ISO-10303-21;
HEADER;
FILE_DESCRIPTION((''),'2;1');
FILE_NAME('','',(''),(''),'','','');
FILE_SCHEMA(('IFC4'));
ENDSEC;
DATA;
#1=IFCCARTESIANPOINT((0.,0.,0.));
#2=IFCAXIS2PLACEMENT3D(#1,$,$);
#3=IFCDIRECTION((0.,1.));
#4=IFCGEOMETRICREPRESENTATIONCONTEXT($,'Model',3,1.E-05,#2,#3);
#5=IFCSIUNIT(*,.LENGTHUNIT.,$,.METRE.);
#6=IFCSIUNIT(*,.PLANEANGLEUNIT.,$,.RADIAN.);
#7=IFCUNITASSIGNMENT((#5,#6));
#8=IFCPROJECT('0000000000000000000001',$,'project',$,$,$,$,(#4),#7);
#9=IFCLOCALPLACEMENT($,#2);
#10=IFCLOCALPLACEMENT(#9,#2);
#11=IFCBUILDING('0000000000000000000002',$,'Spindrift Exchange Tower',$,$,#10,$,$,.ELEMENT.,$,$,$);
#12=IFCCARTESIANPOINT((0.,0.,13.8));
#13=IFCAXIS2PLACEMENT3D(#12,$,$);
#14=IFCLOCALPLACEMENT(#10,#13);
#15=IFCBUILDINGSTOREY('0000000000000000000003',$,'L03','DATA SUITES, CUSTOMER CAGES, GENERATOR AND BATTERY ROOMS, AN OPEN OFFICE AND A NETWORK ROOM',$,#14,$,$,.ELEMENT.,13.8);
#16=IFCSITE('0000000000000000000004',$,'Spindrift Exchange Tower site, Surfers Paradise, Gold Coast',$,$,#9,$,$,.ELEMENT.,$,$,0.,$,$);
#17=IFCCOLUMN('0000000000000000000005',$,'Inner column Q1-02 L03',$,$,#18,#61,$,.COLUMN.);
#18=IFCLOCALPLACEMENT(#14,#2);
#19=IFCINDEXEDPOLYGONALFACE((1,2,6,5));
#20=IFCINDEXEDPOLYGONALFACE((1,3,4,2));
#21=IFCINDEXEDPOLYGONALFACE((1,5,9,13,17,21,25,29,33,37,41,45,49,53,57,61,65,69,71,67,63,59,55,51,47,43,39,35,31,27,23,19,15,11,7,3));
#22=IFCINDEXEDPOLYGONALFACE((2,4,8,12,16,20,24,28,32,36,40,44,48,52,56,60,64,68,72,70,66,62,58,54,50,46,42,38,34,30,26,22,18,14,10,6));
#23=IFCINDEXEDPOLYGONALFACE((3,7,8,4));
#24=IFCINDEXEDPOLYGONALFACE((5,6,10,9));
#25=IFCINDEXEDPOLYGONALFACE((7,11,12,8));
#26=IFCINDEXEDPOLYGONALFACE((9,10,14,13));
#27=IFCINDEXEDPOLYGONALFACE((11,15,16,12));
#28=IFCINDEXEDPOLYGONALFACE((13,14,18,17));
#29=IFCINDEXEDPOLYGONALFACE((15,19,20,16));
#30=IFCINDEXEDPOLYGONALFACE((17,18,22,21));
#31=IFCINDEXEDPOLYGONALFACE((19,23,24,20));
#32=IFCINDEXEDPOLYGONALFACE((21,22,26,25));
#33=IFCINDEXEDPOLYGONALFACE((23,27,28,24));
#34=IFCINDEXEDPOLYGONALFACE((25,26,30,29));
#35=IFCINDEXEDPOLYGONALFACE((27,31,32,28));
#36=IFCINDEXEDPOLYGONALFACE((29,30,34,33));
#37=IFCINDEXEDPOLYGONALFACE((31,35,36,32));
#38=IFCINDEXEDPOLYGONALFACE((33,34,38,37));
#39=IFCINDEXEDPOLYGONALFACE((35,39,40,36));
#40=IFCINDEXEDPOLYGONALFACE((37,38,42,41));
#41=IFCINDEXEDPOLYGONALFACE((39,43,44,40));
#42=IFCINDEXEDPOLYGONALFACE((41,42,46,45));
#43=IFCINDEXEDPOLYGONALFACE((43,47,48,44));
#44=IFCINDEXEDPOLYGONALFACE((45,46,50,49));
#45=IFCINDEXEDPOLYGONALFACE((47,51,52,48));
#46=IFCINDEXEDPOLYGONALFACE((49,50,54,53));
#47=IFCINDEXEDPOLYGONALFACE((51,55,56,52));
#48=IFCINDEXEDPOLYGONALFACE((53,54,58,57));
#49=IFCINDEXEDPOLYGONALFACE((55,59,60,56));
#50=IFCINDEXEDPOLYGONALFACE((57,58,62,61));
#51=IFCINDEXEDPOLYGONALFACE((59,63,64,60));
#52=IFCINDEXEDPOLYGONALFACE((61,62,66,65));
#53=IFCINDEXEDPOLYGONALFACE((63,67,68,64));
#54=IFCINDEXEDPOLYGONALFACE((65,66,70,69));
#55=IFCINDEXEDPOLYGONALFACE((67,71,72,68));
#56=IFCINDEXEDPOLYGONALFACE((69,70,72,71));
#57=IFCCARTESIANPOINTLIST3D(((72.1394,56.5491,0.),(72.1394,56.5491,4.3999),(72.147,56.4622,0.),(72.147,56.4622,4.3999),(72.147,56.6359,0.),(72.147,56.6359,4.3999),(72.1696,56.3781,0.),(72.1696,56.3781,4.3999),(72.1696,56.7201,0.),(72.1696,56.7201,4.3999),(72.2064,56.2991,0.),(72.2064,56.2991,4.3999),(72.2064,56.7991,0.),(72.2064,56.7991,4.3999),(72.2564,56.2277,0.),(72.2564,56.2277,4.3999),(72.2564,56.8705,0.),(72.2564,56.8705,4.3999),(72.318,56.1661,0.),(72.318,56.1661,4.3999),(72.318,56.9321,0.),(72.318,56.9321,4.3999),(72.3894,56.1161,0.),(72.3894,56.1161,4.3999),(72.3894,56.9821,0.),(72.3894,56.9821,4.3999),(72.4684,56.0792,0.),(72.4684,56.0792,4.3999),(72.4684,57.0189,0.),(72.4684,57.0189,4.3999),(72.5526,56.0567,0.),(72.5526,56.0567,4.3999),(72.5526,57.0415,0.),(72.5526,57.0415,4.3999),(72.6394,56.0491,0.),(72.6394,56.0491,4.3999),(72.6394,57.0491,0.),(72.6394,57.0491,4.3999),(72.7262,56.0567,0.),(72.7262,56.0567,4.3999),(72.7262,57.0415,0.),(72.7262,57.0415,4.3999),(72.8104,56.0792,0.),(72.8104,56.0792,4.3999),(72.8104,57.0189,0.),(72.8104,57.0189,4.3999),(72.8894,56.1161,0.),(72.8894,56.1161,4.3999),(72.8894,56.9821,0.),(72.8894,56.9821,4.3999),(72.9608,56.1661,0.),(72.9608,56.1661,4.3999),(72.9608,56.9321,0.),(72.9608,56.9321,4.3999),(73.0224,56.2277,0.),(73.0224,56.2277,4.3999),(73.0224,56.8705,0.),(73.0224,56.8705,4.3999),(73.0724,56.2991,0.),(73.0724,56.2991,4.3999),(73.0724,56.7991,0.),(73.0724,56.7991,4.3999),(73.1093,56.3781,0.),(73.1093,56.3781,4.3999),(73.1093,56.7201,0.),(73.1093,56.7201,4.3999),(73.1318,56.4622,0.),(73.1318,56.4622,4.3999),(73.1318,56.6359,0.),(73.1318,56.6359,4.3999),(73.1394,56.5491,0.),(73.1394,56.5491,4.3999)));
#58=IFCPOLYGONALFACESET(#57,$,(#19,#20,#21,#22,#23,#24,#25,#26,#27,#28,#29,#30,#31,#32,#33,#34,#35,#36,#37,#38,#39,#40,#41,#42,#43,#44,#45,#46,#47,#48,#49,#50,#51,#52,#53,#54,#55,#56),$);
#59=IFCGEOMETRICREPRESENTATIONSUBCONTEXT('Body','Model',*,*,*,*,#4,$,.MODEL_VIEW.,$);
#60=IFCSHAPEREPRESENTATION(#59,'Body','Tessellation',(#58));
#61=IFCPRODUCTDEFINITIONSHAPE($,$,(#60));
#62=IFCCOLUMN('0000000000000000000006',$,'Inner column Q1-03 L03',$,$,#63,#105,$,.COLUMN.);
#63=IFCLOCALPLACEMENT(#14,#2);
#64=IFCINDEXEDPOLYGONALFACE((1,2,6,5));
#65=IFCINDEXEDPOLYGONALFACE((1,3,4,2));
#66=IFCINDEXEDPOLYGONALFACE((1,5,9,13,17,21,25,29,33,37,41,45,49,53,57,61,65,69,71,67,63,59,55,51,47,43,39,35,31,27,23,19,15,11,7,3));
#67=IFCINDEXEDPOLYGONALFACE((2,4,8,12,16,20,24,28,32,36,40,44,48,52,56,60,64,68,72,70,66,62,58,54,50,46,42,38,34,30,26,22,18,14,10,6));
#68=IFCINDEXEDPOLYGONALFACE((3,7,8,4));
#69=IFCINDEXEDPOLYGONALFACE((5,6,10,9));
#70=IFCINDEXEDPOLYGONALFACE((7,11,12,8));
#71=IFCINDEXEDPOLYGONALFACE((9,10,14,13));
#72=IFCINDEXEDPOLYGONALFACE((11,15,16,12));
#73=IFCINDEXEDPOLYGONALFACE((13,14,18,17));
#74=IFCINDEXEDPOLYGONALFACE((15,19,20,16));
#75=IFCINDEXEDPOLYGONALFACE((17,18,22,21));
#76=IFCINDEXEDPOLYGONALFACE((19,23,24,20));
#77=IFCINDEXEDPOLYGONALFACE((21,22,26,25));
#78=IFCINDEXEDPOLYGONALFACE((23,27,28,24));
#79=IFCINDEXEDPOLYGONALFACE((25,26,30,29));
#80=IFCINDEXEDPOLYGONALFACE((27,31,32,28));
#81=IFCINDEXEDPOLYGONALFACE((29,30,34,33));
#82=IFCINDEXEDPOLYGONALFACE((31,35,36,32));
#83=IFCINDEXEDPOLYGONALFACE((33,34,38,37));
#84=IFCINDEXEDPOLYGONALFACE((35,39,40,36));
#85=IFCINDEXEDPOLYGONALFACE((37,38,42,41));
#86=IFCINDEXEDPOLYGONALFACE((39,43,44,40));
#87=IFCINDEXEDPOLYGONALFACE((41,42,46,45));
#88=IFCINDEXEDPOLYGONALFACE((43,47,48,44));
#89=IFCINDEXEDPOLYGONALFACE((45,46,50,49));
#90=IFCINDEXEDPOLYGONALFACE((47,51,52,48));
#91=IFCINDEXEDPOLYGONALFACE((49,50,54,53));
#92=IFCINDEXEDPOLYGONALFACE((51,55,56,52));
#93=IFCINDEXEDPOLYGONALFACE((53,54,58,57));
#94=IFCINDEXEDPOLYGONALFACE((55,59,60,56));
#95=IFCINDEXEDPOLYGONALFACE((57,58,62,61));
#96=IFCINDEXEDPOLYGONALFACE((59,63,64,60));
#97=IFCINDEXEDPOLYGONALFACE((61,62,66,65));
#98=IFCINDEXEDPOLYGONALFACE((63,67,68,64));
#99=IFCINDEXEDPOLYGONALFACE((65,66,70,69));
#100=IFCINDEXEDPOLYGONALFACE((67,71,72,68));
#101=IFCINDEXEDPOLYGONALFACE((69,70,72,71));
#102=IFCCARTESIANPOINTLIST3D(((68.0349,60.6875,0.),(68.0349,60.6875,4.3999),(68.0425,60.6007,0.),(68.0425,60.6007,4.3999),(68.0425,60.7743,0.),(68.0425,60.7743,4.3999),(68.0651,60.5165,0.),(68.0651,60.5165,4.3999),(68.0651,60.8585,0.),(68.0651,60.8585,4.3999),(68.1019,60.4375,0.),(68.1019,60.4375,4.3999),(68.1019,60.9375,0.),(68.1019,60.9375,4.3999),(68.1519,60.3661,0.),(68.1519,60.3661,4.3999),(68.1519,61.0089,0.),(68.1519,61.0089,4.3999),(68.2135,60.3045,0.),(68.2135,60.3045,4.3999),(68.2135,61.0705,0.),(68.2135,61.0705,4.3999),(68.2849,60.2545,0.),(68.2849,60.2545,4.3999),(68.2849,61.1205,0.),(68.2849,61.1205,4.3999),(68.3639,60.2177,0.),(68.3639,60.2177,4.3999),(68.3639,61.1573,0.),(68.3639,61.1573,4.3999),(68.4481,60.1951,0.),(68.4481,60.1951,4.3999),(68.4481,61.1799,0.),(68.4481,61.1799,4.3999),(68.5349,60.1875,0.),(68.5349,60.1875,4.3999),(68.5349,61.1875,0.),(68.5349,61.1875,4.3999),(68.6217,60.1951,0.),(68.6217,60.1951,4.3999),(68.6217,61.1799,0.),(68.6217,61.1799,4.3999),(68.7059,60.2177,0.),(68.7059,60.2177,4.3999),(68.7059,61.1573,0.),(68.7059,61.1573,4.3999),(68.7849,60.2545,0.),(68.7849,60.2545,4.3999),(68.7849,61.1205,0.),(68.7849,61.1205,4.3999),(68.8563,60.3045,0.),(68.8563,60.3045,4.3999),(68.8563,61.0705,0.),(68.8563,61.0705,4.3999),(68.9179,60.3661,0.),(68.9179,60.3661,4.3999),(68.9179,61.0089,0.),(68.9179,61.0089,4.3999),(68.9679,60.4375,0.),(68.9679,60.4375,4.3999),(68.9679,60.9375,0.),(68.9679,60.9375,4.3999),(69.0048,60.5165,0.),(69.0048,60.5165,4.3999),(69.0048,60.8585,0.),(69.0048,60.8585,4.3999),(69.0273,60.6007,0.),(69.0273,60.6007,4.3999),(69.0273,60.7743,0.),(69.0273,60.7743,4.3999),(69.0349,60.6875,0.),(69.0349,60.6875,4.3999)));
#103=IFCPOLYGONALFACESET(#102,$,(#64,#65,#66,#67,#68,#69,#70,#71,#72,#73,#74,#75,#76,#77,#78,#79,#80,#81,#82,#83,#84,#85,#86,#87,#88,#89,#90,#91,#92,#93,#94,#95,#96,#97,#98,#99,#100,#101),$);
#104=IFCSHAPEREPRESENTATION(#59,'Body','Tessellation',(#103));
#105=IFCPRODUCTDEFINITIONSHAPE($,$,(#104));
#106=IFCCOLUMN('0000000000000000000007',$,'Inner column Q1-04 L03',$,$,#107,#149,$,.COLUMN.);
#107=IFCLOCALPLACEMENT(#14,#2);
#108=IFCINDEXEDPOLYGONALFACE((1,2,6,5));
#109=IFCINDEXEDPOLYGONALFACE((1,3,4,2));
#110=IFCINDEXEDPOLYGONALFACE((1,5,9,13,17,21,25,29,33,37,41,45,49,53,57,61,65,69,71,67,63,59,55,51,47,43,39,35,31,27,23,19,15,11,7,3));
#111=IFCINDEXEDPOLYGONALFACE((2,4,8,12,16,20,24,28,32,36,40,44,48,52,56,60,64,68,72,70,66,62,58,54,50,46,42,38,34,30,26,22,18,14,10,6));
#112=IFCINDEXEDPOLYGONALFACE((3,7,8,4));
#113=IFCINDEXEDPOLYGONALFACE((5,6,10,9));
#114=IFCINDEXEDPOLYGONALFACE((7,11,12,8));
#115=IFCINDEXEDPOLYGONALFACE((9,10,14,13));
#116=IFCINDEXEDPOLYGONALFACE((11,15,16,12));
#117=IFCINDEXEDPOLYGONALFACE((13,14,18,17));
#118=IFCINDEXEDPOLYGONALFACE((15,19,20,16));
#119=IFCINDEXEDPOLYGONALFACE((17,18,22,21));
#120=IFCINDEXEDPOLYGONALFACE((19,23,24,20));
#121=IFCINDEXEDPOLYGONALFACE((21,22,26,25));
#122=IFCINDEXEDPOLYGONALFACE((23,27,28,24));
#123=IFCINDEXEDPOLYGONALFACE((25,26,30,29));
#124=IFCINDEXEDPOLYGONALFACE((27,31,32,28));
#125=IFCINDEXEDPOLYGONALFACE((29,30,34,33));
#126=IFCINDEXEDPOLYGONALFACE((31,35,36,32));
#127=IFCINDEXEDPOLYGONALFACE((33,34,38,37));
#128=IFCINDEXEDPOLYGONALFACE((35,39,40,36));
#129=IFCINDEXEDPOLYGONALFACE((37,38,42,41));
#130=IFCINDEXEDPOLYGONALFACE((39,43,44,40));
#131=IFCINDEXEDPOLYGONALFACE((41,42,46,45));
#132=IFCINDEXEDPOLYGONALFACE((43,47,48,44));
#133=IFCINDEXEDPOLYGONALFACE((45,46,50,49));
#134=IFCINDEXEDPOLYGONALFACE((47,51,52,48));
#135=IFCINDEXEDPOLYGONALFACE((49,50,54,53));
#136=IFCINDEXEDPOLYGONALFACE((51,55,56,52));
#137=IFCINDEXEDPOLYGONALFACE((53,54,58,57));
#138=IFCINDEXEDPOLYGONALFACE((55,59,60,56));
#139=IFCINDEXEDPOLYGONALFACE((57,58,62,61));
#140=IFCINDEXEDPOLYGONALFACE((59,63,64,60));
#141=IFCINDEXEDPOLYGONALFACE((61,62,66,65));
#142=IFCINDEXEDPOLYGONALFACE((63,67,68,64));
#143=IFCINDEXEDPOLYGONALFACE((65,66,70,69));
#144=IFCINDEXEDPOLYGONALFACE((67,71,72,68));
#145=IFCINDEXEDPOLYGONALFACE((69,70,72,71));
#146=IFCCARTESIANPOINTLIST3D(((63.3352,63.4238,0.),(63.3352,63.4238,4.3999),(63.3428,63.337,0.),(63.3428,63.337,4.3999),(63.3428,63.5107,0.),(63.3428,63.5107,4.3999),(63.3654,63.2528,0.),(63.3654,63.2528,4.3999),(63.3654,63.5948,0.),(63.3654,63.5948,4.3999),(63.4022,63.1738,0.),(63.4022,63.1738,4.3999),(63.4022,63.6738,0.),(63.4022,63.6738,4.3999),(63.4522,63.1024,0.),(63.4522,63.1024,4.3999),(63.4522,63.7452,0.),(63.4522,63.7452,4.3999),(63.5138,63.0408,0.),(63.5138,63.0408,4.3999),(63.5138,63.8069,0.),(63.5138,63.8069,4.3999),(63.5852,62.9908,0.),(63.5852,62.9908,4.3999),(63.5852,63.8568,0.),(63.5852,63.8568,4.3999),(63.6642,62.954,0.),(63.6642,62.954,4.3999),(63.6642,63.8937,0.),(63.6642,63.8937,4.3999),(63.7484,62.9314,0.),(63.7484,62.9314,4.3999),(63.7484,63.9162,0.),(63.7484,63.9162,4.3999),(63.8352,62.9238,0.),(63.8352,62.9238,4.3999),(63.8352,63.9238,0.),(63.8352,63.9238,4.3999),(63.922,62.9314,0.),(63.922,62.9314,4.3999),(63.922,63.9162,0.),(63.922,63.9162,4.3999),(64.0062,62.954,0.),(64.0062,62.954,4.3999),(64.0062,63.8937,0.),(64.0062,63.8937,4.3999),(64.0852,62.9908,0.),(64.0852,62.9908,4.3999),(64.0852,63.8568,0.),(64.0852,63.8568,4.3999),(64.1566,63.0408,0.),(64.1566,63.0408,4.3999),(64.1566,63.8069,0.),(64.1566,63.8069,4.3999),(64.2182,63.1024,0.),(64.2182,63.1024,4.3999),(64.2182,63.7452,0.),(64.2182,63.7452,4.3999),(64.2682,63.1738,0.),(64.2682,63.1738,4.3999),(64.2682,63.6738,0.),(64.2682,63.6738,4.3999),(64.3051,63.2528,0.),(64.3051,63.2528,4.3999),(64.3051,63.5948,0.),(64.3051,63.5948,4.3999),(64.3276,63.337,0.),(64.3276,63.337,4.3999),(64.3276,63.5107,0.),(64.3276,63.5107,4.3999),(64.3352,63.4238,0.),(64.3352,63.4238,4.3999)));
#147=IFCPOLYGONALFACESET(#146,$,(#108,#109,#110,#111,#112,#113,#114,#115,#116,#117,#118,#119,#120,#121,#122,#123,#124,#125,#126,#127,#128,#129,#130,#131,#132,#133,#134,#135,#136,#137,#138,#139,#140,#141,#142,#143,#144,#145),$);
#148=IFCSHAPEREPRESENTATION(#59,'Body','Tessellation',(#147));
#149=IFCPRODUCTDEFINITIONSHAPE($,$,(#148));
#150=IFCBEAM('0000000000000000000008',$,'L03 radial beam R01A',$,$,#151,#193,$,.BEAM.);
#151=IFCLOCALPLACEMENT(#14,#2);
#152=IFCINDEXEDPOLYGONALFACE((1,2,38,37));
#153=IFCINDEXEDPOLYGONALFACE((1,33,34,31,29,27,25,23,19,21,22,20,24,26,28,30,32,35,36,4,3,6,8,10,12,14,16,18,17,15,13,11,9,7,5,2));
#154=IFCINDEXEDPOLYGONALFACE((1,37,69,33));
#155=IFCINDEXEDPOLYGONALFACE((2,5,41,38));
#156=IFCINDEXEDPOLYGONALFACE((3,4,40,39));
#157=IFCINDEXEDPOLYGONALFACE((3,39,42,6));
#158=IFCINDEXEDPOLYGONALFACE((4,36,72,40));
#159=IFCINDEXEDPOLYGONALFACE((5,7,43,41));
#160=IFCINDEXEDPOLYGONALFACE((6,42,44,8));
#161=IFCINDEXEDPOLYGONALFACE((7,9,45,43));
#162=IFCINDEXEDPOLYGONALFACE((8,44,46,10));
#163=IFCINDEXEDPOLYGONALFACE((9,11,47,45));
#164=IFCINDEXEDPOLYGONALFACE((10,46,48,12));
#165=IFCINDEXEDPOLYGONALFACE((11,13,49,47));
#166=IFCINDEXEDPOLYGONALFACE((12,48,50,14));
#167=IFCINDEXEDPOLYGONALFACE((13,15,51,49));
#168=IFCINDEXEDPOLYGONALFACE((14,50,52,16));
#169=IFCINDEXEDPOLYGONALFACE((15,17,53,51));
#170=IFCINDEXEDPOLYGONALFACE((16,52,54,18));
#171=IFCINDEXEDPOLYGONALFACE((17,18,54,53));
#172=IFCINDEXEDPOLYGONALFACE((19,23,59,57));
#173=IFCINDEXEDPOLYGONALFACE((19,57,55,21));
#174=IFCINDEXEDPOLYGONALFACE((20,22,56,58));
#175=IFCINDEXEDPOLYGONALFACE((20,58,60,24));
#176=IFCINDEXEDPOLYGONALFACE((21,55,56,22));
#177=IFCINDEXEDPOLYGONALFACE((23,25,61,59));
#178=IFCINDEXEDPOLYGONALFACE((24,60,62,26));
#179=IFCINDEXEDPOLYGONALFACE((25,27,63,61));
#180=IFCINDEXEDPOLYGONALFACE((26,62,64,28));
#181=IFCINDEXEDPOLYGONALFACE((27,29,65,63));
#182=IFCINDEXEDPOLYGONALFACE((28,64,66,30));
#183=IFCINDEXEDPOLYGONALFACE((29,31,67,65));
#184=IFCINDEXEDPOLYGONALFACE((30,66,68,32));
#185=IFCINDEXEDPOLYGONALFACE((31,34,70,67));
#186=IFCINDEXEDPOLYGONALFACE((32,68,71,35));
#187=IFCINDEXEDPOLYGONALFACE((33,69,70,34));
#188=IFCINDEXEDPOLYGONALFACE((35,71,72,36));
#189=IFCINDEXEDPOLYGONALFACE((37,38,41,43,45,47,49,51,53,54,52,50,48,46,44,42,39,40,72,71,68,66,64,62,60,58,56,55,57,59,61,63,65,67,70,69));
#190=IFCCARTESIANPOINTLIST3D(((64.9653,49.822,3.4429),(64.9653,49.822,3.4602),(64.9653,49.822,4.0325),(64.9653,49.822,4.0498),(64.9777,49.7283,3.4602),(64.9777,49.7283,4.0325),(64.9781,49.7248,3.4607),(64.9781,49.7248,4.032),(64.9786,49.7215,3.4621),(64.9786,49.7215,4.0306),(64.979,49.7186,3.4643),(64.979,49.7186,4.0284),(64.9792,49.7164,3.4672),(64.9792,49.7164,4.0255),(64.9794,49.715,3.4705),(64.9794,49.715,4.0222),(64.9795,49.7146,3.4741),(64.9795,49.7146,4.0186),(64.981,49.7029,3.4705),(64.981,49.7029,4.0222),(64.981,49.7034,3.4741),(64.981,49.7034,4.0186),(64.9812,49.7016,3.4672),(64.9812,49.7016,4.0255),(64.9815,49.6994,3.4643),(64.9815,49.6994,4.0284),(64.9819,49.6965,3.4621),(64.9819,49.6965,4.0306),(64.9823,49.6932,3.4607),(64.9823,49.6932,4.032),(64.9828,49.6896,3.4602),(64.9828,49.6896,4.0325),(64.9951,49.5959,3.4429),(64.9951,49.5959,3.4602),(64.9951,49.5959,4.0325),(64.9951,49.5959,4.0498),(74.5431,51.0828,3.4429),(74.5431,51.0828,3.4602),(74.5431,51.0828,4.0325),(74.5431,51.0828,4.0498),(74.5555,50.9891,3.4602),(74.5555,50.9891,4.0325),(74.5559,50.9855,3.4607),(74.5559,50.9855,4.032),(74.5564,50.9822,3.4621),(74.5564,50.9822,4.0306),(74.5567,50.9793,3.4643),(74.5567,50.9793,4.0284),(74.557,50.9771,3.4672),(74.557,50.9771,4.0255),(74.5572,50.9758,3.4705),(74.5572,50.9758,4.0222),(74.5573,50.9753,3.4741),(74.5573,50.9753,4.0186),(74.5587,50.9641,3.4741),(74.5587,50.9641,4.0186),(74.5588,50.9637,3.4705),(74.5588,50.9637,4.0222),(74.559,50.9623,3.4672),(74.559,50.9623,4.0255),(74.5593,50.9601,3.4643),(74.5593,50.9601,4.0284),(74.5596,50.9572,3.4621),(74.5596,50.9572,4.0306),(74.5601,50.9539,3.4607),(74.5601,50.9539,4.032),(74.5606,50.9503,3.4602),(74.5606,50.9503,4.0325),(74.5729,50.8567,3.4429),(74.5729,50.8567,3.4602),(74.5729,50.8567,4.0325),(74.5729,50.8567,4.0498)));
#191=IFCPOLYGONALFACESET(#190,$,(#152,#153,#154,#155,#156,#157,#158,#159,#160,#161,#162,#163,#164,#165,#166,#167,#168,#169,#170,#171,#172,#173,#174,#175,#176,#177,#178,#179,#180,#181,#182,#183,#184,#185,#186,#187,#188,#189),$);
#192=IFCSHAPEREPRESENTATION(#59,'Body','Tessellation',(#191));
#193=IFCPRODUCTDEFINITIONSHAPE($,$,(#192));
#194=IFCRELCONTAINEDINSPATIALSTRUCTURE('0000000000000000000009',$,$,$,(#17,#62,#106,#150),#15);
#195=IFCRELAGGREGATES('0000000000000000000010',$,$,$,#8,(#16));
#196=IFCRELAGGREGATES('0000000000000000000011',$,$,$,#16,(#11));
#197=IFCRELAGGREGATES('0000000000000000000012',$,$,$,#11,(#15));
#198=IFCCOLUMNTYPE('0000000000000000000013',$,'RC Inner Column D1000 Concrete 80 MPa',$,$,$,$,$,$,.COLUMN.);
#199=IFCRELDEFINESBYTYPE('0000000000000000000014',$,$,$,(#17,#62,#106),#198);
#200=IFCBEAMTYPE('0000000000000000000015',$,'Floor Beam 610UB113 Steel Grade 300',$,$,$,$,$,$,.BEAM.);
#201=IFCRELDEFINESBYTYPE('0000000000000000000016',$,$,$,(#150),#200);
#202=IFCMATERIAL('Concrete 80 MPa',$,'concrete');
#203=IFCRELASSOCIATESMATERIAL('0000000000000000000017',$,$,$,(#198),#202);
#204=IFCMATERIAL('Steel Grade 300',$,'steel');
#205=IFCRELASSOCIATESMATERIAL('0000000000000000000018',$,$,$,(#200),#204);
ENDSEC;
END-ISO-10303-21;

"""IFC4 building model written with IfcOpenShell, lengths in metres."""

from ifc_helpers import new_model, si_unit, direction, frame, origin, origin_2d, place, context, subcontext, project, spatial, circle, i_section, extrude, source, transform, mapped, material, material_profile, profile_set, type_object, element, save


model = new_model("IFC4")

# Units and contexts
model_context = context("Model", 3, precision=1e-05, world=origin(), true_north=direction((0.0, 1.0)))
body_context = subcontext(model_context, "Body", "Model", "MODEL_VIEW")
ifc_project = project(units=[si_unit("LENGTHUNIT", "METRE"), si_unit("PLANEANGLEUNIT", "RADIAN")], contexts=[model_context])

# Site, building, storey
site_placement = place(None, origin())
site = spatial("IfcSite", under=ifc_project, at=site_placement, Name="Spindrift Exchange Tower site, Surfers Paradise, Gold Coast", CompositionType="ELEMENT", RefElevation=0.0)
building_placement = place(site_placement, origin())
building = spatial("IfcBuilding", under=site, at=building_placement, Name="Spindrift Exchange Tower", CompositionType="ELEMENT")
storey_placement = place(building_placement, frame((0.0, 0.0, 13.8)))
storey = spatial("IfcBuildingStorey", under=building, at=storey_placement, Name="L03", Description="DATA SUITES, CUSTOMER CAGES, GENERATOR AND BATTERY ROOMS, AN OPEN OFFICE AND A NETWORK ROOM", CompositionType="ELEMENT", Elevation=13.8)

# Columns
ifc_material_1 = material(Name="Concrete 80 MPa", Category="concrete")
ifc_material_profile_1 = material_profile(ifc_material_1, circle(Radius=0.5, at=origin_2d()), Name="RC D1000")
ifc_profile_set_1 = profile_set([ifc_material_profile_1], Name="Concrete 80 MPa")
column_type = type_object("IfcColumnType", Name="RC Inner Column D1000 Concrete 80 MPa", PredefinedType="COLUMN", material=ifc_profile_set_1)
shared_shape_1 = source(origin(), body_context, "Body", "SweptSolid", [
    extrude(circle(Radius=0.5, at=origin_2d()), origin(), (0.0, 0.0, 1.0), 4.3999),
])
for number, where, z_axis, x_axis, name in (
    (1, (72.6394, 56.5491, 0.0), (0.0, 0.0, 1.0), (1.0, 0.0, 0.0), "Inner column Q1-02 L03"),
    (2, (68.5349, 60.6875, 0.0), (0.0, 0.0, 1.0), (1.0, 0.0, 0.0), "Inner column Q1-03 L03"),
    (3, (63.8352, 63.4238, 0.0), (0.0, 0.0, 1.0), (1.0, 0.0, 0.0), "Inner column Q1-04 L03"),
):
    element("IfcColumn", number, at=place(storey_placement, frame(where, z_axis=z_axis, x_axis=x_axis)), inside=storey, type_object=column_type, Name=name, PredefinedType="COLUMN", context=body_context, shape_type="MappedRepresentation", body=[
        mapped(shared_shape_1, transform((0.0, 0.0, 0.0), scale=1.0)),
    ])

# Beam
ifc_material_2 = material(Name="Steel Grade 300", Category="steel")
ifc_material_profile_2 = material_profile(ifc_material_2, i_section(OverallWidth=0.228, OverallDepth=0.6069, WebThickness=0.0112, FlangeThickness=0.0173, FilletRadius=0.0139, at=origin_2d()), Name="610UB113")
ifc_profile_set_2 = profile_set([ifc_material_profile_2], Name="Steel Grade 300")
beam_type_1 = type_object("IfcBeamType", Name="Floor Beam 610UB113 Steel Grade 300", PredefinedType="BEAM", material=ifc_profile_set_2)
shared_shape_2 = source(origin(), body_context, "Body", "SweptSolid", [
    extrude(i_section(OverallWidth=0.228, OverallDepth=0.6069, WebThickness=0.0112, FlangeThickness=0.0173, FilletRadius=0.0139, at=origin_2d()), origin(), (0.0, 0.0, 1.0), 9.6604),
])
beam_1_placement = place(storey_placement, frame((64.9802, 49.709, 3.7463), z_axis=(0.991448, 0.130505, 0.0), x_axis=(-0.130505, 0.991448, 0.0)))
element("IfcBeam", 4, at=beam_1_placement, inside=storey, type_object=beam_type_1, Name="L03 radial beam R01A", PredefinedType="BEAM", context=body_context, shape_type="MappedRepresentation", body=[
    mapped(shared_shape_2, transform((0.0, 0.0, 0.0), scale=1.0)),
])

save(model, "model.ifc")
